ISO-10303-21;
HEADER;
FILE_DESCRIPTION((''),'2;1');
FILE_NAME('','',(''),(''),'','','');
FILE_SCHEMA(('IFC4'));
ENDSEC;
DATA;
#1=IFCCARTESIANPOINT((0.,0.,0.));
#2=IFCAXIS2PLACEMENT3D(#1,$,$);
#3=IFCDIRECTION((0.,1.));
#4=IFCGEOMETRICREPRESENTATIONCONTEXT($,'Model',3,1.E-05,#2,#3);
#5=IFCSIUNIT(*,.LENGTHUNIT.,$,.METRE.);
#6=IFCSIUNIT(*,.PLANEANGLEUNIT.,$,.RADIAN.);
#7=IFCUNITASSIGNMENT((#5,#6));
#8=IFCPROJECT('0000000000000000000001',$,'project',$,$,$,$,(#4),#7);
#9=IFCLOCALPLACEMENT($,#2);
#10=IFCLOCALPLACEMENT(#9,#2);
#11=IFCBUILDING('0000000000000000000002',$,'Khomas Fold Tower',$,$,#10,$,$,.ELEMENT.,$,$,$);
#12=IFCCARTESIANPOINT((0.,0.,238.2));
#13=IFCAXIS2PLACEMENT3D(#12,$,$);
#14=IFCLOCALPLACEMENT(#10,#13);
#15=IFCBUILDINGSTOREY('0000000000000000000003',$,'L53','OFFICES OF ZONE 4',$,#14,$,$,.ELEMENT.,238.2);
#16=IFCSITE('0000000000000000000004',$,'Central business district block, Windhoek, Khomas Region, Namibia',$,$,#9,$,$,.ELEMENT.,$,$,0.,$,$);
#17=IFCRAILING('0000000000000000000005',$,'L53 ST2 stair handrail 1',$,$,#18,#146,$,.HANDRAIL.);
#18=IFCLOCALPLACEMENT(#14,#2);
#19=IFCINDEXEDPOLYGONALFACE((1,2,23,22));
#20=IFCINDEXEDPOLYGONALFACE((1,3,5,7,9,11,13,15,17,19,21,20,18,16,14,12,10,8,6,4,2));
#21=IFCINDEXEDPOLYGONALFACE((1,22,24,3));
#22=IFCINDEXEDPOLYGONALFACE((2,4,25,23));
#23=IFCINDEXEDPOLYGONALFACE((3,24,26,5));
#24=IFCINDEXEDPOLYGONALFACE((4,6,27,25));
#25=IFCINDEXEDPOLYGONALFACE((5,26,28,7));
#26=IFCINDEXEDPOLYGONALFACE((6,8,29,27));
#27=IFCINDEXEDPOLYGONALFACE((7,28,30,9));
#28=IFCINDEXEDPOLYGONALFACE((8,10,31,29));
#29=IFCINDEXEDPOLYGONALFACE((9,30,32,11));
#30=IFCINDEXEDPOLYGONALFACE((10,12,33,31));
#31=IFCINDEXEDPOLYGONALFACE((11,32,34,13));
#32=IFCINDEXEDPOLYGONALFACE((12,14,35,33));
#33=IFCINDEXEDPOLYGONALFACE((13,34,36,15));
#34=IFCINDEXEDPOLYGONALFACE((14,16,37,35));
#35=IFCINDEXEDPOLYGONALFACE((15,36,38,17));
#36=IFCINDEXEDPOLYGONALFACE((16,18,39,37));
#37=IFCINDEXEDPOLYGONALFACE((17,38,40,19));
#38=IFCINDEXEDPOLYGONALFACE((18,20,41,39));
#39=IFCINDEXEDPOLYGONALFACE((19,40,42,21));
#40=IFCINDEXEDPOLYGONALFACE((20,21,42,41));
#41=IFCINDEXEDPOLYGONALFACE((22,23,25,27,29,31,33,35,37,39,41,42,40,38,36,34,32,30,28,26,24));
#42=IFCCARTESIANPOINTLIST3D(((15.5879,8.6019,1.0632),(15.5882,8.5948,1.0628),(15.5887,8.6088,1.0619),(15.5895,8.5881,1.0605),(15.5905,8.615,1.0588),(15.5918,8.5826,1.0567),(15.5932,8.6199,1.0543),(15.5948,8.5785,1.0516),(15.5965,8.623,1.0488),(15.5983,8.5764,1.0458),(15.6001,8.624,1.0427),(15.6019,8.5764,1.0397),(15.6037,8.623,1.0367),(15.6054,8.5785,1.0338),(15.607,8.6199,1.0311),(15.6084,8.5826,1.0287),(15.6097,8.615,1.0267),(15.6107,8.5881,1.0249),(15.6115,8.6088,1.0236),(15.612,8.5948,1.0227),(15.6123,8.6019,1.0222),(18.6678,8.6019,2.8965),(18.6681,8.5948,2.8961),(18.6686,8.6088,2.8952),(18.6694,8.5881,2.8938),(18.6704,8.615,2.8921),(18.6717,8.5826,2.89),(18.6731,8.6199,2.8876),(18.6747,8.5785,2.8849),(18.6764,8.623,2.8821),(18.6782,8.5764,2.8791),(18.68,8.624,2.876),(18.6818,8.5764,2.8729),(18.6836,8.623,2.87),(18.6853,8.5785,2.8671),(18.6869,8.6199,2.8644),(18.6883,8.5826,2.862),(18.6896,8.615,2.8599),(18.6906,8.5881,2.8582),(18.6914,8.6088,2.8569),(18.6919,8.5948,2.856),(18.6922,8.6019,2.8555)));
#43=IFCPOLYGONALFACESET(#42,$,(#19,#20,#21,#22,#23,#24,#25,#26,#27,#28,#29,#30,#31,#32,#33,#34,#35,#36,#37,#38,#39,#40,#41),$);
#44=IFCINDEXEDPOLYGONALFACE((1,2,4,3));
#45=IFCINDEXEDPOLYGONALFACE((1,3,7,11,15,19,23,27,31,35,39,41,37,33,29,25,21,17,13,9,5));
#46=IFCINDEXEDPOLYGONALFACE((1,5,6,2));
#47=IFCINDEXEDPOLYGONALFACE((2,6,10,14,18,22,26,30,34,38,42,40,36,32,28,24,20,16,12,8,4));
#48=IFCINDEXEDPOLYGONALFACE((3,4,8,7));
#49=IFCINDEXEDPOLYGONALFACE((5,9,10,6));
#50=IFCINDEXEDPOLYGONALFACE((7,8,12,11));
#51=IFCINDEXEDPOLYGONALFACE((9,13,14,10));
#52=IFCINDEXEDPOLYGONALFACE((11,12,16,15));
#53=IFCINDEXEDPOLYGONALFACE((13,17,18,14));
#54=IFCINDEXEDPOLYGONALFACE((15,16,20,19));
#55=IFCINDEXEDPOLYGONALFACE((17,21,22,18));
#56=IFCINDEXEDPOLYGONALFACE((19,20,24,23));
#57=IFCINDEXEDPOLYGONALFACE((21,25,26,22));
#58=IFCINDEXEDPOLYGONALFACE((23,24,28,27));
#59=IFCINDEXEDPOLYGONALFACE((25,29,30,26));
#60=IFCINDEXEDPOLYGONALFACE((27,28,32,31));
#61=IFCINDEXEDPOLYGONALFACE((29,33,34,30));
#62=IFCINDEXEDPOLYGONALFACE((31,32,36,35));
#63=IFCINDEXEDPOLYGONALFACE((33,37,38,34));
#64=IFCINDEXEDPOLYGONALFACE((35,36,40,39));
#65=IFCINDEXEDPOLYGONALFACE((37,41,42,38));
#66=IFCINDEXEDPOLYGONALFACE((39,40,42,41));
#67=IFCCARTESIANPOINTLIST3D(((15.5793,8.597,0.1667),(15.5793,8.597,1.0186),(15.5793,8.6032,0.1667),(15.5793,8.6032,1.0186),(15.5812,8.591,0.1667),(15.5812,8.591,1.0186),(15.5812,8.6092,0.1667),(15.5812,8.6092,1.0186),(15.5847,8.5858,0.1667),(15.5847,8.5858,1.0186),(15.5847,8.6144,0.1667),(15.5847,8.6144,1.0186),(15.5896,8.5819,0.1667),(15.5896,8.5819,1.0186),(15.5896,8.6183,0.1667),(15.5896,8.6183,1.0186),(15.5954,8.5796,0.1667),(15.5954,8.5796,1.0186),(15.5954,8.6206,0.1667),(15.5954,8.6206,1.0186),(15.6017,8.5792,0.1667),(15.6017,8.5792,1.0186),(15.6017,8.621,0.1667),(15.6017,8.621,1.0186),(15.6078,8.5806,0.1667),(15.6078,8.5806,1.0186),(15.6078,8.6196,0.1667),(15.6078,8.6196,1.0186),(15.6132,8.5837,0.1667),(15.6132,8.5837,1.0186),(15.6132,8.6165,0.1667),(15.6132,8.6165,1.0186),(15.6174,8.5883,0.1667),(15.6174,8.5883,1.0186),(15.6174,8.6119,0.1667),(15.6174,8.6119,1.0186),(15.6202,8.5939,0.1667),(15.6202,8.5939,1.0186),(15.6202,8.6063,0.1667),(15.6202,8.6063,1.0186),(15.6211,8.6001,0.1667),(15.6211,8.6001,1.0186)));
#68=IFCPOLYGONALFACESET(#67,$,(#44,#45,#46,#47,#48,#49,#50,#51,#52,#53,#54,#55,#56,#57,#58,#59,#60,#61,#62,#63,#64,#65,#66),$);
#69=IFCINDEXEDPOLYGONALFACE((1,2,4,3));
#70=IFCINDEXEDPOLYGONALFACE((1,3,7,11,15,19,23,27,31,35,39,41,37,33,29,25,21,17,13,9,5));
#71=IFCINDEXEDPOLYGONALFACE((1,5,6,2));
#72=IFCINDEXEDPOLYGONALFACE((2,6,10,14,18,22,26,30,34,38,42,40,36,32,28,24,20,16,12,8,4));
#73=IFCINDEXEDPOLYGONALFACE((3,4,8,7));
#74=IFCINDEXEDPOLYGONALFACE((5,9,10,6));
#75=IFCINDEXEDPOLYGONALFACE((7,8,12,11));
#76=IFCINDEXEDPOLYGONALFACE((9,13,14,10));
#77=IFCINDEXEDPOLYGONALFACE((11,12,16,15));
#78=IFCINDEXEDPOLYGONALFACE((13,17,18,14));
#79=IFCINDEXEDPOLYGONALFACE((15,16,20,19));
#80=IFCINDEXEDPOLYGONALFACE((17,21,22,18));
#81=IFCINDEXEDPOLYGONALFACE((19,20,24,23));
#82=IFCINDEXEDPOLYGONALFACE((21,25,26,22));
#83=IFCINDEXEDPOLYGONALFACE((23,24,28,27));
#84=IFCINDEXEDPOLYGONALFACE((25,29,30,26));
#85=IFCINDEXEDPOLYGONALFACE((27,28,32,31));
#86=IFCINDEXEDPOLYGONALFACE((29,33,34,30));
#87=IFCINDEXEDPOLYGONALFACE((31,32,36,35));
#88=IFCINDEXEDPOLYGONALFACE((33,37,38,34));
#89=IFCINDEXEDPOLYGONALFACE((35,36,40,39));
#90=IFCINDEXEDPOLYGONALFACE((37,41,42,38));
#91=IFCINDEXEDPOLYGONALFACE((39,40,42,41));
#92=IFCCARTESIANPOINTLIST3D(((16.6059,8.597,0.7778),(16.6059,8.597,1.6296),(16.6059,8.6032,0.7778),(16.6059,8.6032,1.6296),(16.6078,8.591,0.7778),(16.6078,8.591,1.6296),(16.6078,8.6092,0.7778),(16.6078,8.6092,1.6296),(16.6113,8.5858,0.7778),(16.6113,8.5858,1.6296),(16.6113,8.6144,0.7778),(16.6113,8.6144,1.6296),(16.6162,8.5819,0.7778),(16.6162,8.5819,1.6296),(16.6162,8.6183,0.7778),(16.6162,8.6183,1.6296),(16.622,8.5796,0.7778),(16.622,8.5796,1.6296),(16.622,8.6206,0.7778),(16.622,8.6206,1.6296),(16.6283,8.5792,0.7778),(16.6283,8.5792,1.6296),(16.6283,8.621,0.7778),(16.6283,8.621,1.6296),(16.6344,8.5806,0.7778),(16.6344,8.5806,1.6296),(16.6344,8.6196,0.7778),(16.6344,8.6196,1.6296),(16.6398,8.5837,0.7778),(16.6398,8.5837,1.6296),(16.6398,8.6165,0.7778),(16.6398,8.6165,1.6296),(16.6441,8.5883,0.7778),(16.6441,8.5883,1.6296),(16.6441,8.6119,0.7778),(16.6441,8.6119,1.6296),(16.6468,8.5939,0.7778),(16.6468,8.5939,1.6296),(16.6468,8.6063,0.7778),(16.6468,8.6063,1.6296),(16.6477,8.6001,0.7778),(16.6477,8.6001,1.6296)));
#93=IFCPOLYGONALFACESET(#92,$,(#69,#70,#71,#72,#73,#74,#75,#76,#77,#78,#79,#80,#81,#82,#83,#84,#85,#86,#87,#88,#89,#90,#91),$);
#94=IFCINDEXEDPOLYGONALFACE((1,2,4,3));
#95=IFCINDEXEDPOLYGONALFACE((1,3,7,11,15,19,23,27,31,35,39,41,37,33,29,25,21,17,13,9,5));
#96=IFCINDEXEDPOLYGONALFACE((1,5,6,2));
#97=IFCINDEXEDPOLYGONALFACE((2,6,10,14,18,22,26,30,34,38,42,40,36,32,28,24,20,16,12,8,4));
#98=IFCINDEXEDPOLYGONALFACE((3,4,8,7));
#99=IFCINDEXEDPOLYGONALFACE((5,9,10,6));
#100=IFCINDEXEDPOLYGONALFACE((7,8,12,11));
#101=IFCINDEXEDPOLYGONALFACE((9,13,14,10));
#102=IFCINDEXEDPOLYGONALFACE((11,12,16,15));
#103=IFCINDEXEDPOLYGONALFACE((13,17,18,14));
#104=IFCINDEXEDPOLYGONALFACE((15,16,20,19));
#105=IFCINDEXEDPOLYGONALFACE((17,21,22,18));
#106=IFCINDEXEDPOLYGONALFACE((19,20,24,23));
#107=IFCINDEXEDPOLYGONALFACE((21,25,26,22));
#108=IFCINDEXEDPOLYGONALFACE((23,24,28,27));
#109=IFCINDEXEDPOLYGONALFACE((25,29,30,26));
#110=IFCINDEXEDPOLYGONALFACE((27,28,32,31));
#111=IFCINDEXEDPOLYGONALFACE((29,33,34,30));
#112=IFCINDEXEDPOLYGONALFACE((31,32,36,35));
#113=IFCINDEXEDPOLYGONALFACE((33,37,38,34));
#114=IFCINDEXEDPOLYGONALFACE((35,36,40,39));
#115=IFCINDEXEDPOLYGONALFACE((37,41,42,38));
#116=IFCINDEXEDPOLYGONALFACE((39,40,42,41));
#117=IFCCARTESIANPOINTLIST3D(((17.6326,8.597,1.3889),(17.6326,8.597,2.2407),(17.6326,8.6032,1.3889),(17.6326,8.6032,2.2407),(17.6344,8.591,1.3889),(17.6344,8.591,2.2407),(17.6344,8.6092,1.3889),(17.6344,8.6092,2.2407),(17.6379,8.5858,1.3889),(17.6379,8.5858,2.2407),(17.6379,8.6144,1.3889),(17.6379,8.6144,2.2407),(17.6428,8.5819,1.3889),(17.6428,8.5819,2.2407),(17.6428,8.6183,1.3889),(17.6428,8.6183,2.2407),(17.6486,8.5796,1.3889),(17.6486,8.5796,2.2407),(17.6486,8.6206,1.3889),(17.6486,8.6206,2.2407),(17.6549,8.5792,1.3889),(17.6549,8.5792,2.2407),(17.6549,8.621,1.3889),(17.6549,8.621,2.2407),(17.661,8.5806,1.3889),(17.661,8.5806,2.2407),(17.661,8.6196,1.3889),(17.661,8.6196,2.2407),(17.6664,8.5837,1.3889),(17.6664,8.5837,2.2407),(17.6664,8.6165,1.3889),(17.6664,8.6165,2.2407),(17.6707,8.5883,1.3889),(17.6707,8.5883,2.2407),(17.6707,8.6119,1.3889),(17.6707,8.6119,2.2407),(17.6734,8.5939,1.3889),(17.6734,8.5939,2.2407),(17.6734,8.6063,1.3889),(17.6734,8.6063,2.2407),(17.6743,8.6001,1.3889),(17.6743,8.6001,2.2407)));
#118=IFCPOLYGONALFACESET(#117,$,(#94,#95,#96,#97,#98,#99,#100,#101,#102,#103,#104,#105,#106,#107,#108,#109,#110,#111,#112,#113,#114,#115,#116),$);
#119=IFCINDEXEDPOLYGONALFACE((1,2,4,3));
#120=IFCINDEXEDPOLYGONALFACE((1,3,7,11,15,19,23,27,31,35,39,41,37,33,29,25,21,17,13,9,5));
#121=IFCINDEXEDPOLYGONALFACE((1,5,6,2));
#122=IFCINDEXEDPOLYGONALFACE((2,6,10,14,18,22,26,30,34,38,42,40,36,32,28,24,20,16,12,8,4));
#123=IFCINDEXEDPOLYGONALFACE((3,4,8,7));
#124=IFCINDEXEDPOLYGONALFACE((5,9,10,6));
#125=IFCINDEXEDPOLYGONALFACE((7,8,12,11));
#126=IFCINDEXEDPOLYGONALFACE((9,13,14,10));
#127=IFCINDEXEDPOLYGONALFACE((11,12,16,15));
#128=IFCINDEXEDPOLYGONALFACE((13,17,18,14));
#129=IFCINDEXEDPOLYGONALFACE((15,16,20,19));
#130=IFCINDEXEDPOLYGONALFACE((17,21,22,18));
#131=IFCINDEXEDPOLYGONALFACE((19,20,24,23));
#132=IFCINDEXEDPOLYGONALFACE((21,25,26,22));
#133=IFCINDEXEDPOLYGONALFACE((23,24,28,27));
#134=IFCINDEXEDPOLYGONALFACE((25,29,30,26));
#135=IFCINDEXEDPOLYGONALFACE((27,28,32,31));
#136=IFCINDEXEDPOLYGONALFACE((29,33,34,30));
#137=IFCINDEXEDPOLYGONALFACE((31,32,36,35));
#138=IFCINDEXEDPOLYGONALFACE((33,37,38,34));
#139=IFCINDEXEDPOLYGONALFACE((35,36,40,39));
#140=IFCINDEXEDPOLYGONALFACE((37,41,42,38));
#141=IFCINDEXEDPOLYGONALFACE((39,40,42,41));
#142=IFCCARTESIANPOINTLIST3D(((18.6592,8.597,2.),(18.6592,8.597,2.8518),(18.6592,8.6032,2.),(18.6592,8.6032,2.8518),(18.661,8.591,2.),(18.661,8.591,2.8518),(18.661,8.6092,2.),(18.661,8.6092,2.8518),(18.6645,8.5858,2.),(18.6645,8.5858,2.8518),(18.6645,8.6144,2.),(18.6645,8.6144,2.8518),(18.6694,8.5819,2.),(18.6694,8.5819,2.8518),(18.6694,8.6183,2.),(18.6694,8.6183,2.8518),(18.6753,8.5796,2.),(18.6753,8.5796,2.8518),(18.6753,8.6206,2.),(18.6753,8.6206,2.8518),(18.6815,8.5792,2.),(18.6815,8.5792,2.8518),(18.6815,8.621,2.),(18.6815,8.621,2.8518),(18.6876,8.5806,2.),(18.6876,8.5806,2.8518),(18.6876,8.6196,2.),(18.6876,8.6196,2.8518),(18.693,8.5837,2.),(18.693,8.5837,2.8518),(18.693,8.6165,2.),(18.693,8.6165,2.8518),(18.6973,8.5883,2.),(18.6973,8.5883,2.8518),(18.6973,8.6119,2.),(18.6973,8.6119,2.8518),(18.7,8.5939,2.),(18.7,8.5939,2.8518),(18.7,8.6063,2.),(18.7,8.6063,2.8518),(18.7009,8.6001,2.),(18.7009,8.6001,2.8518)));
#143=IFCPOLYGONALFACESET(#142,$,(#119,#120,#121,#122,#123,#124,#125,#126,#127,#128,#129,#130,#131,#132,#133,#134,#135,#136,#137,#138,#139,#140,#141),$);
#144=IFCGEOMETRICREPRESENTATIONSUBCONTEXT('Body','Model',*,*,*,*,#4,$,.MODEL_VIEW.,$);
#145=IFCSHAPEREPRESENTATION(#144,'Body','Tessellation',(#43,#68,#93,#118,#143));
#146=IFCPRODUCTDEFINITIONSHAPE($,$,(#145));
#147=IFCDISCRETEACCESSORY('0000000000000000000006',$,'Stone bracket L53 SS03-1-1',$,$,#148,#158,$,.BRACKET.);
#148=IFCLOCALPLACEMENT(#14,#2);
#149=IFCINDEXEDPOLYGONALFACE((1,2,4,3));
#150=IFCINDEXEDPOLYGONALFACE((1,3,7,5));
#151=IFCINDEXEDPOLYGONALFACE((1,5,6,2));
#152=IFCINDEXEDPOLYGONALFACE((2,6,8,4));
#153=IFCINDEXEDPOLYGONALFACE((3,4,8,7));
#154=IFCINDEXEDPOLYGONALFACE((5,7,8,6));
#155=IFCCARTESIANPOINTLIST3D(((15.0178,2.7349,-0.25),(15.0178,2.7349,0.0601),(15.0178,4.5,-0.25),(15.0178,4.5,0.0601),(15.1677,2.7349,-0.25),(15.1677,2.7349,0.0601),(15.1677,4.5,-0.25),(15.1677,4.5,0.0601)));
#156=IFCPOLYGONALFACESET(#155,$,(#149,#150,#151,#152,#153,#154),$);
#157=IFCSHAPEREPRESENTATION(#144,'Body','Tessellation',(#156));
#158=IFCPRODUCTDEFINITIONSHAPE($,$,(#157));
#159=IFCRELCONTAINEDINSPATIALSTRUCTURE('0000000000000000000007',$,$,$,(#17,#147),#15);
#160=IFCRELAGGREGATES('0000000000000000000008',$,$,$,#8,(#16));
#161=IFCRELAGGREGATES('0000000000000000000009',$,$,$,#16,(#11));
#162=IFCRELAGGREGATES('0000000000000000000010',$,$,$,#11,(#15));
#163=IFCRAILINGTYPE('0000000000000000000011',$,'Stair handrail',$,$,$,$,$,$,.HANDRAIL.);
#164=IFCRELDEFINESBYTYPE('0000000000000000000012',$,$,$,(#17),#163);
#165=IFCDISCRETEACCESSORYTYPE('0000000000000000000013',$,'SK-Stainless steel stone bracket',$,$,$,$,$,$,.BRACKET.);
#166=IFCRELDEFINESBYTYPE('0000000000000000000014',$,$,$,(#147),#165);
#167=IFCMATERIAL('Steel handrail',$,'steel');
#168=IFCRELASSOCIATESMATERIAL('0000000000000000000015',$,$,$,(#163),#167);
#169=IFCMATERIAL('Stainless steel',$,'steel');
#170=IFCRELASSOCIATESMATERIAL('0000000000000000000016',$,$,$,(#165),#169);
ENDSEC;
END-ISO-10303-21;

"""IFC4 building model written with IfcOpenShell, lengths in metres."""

from ifc_helpers import new_model, si_unit, direction, frame, origin, origin_2d, place, context, subcontext, project, spatial, rectangle, circle, extrude, source, transform, mapped, material, type_object, element, save


model = new_model("IFC4")

# Units and contexts
model_context = context("Model", 3, precision=1e-05, world=origin(), true_north=direction((0.0, 1.0)))
body_context = subcontext(model_context, "Body", "Model", "MODEL_VIEW")
ifc_project = project(units=[si_unit("LENGTHUNIT", "METRE"), si_unit("PLANEANGLEUNIT", "RADIAN")], contexts=[model_context])

# Site, building, storey
site_placement = place(None, origin())
site = spatial("IfcSite", under=ifc_project, at=site_placement, Name="Central business district block, Windhoek, Khomas Region, Namibia", CompositionType="ELEMENT", RefElevation=0.0)
building_placement = place(site_placement, origin())
building = spatial("IfcBuilding", under=site, at=building_placement, Name="Khomas Fold Tower", CompositionType="ELEMENT")
storey_placement = place(building_placement, frame((0.0, 0.0, 238.2)))
storey = spatial("IfcBuildingStorey", under=building, at=storey_placement, Name="L53", Description="OFFICES OF ZONE 4", CompositionType="ELEMENT", Elevation=238.2)

# Railing
ifc_material_1 = material(Name="Steel handrail", Category="steel")
railing_type_1 = type_object("IfcRailingType", Name="Stair handrail", PredefinedType="HANDRAIL", material=ifc_material_1)
shared_shape_1 = source(origin(), body_context, "Body", "SweptSolid", [
    extrude(circle(Radius=0.0239, at=origin_2d()), frame((0.0, 0.0, 0.876), z_axis=(0.859291, 0.0, 0.511487), x_axis=(0.0, 1.0, 0.0)), (0.0, 0.0, 1.0), 3.5842),
    extrude(circle(Radius=0.021, at=origin_2d()), origin(), (0.0, 0.0, 1.0), 0.8518),
    extrude(circle(Radius=0.021, at=origin_2d()), frame((1.0266, 0.0, 0.6111)), (0.0, 0.0, 1.0), 0.8518),
    extrude(circle(Radius=0.021, at=origin_2d()), frame((2.0532, 0.0, 1.2222)), (0.0, 0.0, 1.0), 0.8518),
    extrude(circle(Radius=0.021, at=origin_2d()), frame((3.0798, 0.0, 1.8333)), (0.0, 0.0, 1.0), 0.8518),
])
railing_1_placement = place(storey_placement, frame((15.6001, 8.6001, 0.1667)))
element("IfcRailing", 1, at=railing_1_placement, inside=storey, type_object=railing_type_1, Name="L53 ST2 stair handrail 1", PredefinedType="HANDRAIL", context=body_context, shape_type="MappedRepresentation", body=[
    mapped(shared_shape_1, transform((0.0, 0.0, 0.0))),
])

# Discrete accessory
ifc_material_2 = material(Name="Stainless steel", Category="steel")
discrete_accessory_type = type_object("IfcDiscreteAccessoryType", Name="SK-Stainless steel stone bracket", PredefinedType="BRACKET", material=ifc_material_2)
shared_shape_2 = source(origin(), body_context, "Body", "SweptSolid", [
    extrude(rectangle(XDim=1.7651, YDim=0.1499, at=origin_2d()), origin(), (0.0, 0.0, 1.0), 0.3101),
])
discrete_accessory_placement = place(storey_placement, frame((15.0928, 3.6174, -0.25), z_axis=(0.0, 0.0, 1.0), x_axis=(0.0, -1.0, 0.0)))
element("IfcDiscreteAccessory", 2, at=discrete_accessory_placement, inside=storey, type_object=discrete_accessory_type, Name="Stone bracket L53 SS03-1-1", PredefinedType="BRACKET", context=body_context, shape_type="MappedRepresentation", body=[
    mapped(shared_shape_2, transform((0.0, 0.0, 0.0))),
])

save(model, "model.ifc")
